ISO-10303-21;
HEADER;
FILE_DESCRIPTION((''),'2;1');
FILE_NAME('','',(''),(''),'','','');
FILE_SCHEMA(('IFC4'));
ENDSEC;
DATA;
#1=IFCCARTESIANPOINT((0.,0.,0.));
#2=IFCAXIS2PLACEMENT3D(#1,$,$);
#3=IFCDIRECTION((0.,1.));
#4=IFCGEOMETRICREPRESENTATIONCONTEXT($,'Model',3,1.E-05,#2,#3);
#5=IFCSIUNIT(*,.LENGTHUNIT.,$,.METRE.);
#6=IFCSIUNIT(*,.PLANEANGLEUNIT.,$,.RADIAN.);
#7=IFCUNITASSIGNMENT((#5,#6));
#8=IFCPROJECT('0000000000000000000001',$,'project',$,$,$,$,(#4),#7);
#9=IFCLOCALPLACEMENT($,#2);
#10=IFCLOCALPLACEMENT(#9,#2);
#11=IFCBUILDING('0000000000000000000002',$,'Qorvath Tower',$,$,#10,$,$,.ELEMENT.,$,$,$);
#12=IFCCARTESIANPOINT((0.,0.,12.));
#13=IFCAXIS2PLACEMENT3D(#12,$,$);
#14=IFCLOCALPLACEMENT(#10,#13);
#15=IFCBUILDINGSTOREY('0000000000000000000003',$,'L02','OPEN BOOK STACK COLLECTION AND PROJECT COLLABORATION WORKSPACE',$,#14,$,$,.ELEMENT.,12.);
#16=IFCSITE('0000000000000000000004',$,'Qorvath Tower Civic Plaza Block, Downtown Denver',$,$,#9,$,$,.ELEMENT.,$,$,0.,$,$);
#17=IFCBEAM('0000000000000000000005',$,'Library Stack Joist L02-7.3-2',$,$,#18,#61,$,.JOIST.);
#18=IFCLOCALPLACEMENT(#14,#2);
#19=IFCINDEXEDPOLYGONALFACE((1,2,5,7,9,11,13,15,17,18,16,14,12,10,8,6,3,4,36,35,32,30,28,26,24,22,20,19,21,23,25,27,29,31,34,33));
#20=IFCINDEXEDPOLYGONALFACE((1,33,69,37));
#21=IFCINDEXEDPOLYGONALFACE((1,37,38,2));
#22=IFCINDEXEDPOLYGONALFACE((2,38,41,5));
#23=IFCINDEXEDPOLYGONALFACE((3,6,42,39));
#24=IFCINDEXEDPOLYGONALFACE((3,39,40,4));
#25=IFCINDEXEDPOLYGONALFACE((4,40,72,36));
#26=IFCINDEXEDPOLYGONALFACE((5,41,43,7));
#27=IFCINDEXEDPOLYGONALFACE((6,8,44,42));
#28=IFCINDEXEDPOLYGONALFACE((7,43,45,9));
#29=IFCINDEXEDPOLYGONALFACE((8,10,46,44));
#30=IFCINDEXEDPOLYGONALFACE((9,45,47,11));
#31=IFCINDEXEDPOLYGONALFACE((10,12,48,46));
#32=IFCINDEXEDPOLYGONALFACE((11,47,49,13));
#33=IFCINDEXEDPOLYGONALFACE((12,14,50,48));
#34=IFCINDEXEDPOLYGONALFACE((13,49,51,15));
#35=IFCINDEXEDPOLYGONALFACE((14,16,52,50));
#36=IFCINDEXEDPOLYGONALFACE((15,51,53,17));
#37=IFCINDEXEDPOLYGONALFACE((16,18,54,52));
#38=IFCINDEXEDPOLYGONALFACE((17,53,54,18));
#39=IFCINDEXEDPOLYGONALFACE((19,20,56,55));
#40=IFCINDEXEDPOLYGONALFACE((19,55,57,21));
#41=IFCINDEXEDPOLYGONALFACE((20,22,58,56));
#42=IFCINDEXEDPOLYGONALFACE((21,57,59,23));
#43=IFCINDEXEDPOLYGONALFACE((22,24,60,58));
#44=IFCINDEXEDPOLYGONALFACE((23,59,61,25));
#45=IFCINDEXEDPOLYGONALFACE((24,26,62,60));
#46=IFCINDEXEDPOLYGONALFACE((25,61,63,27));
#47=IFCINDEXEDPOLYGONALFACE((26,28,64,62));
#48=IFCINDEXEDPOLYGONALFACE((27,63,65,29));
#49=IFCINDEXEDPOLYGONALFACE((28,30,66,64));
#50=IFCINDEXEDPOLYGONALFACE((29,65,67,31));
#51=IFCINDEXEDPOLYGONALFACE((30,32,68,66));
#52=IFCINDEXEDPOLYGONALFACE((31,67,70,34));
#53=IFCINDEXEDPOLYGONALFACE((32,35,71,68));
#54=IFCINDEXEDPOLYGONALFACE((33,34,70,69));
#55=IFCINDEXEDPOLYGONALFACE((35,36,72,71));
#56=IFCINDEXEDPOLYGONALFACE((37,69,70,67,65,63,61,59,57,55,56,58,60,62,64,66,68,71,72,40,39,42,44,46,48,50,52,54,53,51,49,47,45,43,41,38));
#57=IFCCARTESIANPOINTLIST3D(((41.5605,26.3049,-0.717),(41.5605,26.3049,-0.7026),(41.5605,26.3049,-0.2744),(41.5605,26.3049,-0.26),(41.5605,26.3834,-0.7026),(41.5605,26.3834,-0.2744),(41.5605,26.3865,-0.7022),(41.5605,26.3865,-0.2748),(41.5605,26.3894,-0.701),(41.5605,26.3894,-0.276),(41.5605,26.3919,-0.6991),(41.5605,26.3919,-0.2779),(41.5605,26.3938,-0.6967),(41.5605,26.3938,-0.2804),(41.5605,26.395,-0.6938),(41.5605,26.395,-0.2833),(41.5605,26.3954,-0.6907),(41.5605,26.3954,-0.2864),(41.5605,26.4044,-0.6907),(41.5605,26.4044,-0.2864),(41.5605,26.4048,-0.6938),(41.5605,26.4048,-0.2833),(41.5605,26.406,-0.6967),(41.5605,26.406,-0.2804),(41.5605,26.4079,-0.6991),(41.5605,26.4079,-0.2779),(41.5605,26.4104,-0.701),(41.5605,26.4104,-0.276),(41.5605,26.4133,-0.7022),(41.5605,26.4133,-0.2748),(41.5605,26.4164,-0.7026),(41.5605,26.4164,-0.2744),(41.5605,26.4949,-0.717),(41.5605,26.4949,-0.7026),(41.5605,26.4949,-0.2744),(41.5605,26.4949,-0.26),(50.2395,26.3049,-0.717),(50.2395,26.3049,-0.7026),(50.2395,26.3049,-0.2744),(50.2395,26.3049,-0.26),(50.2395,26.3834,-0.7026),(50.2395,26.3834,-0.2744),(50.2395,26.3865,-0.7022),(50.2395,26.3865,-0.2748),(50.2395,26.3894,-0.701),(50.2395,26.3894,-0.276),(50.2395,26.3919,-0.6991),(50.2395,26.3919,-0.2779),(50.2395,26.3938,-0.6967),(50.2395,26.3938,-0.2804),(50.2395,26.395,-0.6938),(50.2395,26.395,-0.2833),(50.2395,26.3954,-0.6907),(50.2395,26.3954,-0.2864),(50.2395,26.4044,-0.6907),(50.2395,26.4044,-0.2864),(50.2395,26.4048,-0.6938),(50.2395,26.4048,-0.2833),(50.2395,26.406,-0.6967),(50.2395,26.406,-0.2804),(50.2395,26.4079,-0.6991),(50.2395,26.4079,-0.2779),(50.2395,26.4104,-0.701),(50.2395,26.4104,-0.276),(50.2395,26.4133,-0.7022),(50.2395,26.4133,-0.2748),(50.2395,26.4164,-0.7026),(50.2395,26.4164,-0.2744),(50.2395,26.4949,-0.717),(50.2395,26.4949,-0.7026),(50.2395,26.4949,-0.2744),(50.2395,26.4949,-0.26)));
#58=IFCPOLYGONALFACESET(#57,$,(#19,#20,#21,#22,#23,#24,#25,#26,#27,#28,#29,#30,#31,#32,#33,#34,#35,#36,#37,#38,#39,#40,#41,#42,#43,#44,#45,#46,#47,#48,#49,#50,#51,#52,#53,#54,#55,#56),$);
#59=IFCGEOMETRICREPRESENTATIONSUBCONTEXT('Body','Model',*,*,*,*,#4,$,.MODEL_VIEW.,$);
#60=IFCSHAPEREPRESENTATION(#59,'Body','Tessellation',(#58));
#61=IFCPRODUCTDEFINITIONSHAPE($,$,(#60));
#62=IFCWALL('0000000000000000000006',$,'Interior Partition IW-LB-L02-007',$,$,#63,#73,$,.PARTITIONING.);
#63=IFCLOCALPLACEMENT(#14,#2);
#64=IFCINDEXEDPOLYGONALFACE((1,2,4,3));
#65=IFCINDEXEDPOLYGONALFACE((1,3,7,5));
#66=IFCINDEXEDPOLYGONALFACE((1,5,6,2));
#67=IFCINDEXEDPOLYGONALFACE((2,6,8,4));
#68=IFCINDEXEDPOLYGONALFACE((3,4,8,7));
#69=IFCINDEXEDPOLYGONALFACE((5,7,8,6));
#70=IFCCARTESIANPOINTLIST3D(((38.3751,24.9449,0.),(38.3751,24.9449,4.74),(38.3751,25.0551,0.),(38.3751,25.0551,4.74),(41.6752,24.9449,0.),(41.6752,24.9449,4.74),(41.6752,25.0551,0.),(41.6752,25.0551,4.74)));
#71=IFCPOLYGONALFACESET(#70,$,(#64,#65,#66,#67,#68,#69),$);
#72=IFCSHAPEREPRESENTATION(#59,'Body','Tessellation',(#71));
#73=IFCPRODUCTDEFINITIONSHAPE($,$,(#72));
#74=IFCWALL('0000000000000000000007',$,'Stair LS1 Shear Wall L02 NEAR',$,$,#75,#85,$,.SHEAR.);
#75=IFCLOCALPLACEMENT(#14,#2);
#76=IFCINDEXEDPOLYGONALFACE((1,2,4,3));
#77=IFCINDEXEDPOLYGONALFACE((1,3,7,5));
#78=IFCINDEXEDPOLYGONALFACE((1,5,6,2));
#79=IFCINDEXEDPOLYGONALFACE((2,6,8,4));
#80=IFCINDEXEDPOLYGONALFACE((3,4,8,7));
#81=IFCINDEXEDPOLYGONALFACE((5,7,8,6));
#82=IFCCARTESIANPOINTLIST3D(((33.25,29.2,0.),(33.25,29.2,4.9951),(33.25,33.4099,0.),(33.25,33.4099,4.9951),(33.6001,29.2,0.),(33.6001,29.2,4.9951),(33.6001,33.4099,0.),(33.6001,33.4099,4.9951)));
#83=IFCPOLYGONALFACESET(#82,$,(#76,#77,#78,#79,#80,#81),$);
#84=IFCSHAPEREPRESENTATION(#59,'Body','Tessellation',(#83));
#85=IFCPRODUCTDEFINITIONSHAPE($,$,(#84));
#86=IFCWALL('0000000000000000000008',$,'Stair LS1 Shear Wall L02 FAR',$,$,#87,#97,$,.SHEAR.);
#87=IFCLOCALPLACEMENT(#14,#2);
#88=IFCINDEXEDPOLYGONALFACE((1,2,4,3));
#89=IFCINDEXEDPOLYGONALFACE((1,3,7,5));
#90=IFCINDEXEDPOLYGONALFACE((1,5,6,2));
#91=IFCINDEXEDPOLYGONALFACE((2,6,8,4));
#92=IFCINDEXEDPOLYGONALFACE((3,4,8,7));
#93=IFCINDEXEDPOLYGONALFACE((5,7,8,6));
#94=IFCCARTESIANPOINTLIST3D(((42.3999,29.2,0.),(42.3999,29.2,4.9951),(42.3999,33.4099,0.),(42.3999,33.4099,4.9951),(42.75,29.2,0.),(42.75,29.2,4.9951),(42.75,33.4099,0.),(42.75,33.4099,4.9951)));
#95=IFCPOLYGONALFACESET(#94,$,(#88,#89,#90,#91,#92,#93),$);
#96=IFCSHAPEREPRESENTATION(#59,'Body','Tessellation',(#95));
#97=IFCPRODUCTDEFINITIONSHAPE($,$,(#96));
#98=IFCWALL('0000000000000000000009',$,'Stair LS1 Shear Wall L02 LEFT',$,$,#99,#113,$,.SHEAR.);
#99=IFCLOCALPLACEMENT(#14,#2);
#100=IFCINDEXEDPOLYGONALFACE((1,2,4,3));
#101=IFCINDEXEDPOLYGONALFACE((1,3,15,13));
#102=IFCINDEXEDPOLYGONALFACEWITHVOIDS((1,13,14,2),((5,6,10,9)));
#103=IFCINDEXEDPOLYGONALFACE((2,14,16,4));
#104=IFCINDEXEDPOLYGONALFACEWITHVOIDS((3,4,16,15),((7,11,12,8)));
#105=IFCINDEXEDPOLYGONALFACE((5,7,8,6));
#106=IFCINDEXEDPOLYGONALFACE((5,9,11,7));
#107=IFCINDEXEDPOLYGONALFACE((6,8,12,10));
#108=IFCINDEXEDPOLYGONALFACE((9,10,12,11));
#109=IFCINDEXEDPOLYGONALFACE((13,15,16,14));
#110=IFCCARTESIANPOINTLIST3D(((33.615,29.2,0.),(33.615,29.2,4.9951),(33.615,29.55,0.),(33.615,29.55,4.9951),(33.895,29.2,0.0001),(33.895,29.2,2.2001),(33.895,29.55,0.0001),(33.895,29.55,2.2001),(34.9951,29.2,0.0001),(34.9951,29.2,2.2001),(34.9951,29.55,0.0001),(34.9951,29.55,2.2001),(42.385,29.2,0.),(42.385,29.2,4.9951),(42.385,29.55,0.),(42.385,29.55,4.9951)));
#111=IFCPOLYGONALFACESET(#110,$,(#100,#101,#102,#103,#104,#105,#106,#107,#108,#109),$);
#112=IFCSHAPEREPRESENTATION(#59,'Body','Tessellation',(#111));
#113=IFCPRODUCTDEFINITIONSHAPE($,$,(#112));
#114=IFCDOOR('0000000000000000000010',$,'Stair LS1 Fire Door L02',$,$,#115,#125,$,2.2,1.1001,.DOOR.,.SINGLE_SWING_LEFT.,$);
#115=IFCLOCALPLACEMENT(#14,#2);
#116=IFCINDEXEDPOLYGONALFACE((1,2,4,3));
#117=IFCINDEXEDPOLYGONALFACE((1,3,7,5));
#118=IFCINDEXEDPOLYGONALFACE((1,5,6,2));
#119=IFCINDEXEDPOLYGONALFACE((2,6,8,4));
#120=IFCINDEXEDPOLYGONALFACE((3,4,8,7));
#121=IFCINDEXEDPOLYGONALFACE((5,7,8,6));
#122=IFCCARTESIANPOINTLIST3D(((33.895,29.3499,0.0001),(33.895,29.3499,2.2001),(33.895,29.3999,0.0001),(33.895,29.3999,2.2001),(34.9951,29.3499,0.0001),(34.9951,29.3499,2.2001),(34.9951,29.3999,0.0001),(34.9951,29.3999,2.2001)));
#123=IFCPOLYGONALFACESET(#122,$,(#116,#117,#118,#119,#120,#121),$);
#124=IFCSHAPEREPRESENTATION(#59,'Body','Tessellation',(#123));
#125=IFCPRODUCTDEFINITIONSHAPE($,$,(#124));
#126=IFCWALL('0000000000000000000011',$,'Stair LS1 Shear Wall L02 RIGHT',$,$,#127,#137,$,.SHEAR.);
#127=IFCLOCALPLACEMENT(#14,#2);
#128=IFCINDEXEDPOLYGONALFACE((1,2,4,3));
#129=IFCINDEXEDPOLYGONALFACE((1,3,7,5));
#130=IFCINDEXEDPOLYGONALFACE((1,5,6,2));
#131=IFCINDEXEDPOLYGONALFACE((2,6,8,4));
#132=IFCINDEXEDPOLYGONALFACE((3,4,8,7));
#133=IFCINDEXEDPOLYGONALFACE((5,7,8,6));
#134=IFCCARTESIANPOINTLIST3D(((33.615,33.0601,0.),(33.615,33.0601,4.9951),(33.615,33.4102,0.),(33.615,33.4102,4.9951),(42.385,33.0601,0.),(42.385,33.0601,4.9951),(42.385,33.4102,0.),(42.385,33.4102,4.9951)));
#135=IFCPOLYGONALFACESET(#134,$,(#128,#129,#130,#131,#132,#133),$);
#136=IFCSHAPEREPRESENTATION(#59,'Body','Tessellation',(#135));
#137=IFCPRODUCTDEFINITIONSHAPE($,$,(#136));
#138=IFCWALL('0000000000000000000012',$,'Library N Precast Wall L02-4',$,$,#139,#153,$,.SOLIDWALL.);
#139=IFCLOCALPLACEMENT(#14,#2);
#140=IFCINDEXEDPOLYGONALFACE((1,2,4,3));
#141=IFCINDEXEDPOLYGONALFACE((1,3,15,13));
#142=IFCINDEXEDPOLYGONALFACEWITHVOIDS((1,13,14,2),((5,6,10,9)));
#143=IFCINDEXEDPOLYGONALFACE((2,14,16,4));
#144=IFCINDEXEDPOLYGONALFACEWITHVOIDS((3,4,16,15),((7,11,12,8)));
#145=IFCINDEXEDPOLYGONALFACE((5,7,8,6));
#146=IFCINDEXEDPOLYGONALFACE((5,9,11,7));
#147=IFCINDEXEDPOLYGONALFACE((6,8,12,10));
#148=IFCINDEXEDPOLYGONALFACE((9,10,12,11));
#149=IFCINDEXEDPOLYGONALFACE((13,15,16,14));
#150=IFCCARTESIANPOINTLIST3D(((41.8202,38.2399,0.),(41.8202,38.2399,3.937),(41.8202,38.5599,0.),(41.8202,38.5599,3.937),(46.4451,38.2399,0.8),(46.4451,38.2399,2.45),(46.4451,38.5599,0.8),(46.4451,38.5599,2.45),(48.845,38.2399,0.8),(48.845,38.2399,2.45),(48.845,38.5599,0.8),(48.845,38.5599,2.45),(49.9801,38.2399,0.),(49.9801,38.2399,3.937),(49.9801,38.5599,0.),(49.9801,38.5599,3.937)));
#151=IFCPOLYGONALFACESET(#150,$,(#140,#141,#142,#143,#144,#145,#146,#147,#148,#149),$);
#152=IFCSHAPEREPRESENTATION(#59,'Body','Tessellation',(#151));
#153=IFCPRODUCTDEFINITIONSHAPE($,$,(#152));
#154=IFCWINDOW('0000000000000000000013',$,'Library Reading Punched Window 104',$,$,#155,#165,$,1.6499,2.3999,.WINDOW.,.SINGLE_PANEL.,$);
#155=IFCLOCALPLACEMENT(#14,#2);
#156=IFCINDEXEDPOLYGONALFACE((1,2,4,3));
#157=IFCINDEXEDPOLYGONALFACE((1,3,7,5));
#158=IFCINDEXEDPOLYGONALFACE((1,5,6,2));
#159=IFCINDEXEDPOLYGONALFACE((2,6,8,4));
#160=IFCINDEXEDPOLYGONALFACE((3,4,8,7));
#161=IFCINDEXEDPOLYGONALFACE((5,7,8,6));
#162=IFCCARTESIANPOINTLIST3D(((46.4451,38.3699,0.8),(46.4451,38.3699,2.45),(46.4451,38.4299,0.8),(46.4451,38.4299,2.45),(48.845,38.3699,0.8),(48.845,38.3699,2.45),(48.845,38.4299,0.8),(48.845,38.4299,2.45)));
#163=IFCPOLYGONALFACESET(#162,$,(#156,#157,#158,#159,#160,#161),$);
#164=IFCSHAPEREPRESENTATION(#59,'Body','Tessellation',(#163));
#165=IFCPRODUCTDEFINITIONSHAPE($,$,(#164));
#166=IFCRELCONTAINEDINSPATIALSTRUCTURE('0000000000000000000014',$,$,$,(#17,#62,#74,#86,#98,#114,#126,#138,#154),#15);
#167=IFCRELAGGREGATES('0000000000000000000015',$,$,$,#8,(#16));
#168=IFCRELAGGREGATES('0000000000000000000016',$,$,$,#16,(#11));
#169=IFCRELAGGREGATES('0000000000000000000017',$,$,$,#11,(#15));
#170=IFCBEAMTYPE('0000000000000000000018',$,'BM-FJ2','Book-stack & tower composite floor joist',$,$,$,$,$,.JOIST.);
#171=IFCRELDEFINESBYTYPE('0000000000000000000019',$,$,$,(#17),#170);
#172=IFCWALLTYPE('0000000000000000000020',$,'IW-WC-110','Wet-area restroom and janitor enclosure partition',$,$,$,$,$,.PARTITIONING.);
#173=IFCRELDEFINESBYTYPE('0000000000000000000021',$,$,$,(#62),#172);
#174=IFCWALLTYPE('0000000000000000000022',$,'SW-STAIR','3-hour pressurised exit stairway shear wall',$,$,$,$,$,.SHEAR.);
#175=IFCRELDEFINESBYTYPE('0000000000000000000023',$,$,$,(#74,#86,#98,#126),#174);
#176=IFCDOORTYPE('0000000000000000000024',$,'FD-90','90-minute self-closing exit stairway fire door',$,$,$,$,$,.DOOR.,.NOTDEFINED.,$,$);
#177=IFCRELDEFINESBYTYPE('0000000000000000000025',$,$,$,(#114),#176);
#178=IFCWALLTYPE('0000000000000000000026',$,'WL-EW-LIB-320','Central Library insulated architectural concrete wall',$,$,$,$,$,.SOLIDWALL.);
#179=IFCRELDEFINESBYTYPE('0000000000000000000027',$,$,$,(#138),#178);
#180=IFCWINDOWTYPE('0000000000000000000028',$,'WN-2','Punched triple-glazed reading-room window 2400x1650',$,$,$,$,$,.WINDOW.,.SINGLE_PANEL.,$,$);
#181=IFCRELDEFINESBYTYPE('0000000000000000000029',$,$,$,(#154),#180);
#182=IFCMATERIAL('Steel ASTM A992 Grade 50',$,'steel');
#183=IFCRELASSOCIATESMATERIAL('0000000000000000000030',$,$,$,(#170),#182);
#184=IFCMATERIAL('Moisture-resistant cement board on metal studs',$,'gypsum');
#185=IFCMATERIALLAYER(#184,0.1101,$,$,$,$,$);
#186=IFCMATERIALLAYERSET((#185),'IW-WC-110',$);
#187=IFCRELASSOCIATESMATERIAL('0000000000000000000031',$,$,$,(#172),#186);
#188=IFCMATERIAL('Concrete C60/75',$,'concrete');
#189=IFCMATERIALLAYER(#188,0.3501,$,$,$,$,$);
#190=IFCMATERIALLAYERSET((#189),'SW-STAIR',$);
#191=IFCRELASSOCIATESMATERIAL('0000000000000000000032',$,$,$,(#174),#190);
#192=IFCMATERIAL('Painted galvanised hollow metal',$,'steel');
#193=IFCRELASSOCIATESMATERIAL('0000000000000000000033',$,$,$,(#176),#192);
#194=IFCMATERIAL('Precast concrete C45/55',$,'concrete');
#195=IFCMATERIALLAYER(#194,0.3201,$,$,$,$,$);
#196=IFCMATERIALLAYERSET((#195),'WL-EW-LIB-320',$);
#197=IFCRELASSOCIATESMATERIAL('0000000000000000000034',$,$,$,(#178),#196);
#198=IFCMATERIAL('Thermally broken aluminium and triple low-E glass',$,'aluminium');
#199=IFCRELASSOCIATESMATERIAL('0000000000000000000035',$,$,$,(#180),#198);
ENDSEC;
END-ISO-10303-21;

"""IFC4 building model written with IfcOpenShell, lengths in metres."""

from ifc_helpers import new_model, si_unit, direction, frame, frame_2d, origin, origin_2d, place, context, subcontext, project, spatial, rectangle, i_section, extrude, material, layer, layer_set, material_profile, profile_set, type_object, element, fill, save


model = new_model("IFC4")

# Units and contexts
model_context = context("Model", 3, precision=1e-05, world=origin(), true_north=direction((0.0, 1.0)))
body_context = subcontext(model_context, "Body", "Model", "MODEL_VIEW")
ifc_project = project(units=[si_unit("LENGTHUNIT", "METRE"), si_unit("PLANEANGLEUNIT", "RADIAN")], contexts=[model_context])

# Site, building, storey
site_placement = place(None, origin())
site = spatial("IfcSite", under=ifc_project, at=site_placement, Name="Qorvath Tower Civic Plaza Block, Downtown Denver", CompositionType="ELEMENT", RefElevation=0.0)
building_placement = place(site_placement, origin())
building = spatial("IfcBuilding", under=site, at=building_placement, Name="Qorvath Tower", CompositionType="ELEMENT")
storey_placement = place(building_placement, frame((0.0, 0.0, 12.0)))
storey = spatial("IfcBuildingStorey", under=building, at=storey_placement, Name="L02", Description="OPEN BOOK STACK COLLECTION AND PROJECT COLLABORATION WORKSPACE", CompositionType="ELEMENT", Elevation=12.0)

# Beam
ifc_material_1 = material(Name="Steel ASTM A992 Grade 50", Category="steel")
ifc_material_profile_1 = material_profile(ifc_material_1, i_section(OverallWidth=0.1899, OverallDepth=0.457, WebThickness=0.009, FlangeThickness=0.0144, FilletRadius=0.012, at=origin_2d()), Name="W18x50")
ifc_profile_set_1 = profile_set([ifc_material_profile_1], Name="Steel ASTM A992 Grade 50")
beam_type_1 = type_object("IfcBeamType", Name="BM-FJ2", Description="Book-stack & tower composite floor joist", PredefinedType="JOIST", material=ifc_profile_set_1)
beam_1_placement = place(storey_placement, frame((41.5605, 26.3999, -0.4885), z_axis=(1.0, 0.0, 0.0), x_axis=(0.0, 1.0, 0.0)))
element("IfcBeam", 1, at=beam_1_placement, inside=storey, type_object=beam_type_1, Name="Library Stack Joist L02-7.3-2", PredefinedType="JOIST", context=body_context, shape_type="SweptSolid", body=[
    extrude(i_section(OverallWidth=0.1899, OverallDepth=0.457, WebThickness=0.009, FlangeThickness=0.0144, FilletRadius=0.012, at=origin_2d()), origin(), (0.0, 0.0, 1.0), 8.679),
])

# Walls
ifc_material_2 = material(Name="Moisture-resistant cement board on metal studs", Category="gypsum")
ifc_layer_1 = layer(ifc_material_2, 0.1101)
ifc_layer_set_1 = layer_set([ifc_layer_1], Name="IW-WC-110")
wall_type_1 = type_object("IfcWallType", Name="IW-WC-110", Description="Wet-area restroom and janitor enclosure partition", PredefinedType="PARTITIONING", material=ifc_layer_set_1)
wall_1_placement = place(storey_placement, frame((41.675, 25.0, 0.0), z_axis=(0.0, 0.0, 1.0), x_axis=(-1.0, 0.0, 0.0)))
element("IfcWall", 2, at=wall_1_placement, inside=storey, type_object=wall_type_1, Name="Interior Partition IW-LB-L02-007", PredefinedType="PARTITIONING", context=body_context, shape_type="SweptSolid", body=[
    extrude(rectangle(XDim=3.3, YDim=0.1101, at=frame_2d((1.6499, 0.0))), origin(), (0.0, 0.0, 1.0), 4.74),
])
ifc_material_3 = material(Name="Concrete C60/75", Category="concrete")
ifc_layer_2 = layer(ifc_material_3, 0.3501)
ifc_layer_set_2 = layer_set([ifc_layer_2], Name="SW-STAIR")
wall_type_2 = type_object("IfcWallType", Name="SW-STAIR", Description="3-hour pressurised exit stairway shear wall", PredefinedType="SHEAR", material=ifc_layer_set_2)
for number, where, z_axis, x_axis, name in (
    (3, (33.425, 33.4099, 0.0), (0.0, 0.0, 1.0), (0.0, -1.0, 0.0), "Stair LS1 Shear Wall L02 NEAR"),
    (4, (42.575, 29.2, 0.0), (0.0, 0.0, 1.0), (0.0, 1.0, 0.0), "Stair LS1 Shear Wall L02 FAR"),
):
    element("IfcWall", number, at=place(storey_placement, frame(where, z_axis=z_axis, x_axis=x_axis)), inside=storey, type_object=wall_type_2, Name=name, PredefinedType="SHEAR", context=body_context, shape_type="SweptSolid", body=[
        extrude(rectangle(XDim=4.21, YDim=0.3501, at=frame_2d((2.105, 0.0))), origin(), (0.0, 0.0, 1.0), 4.9951),
    ])

# Wall, opening, door
wall_2_placement = place(storey_placement, frame((33.615, 29.375, 0.0), z_axis=(0.0, 0.0, 1.0), x_axis=(1.0, 0.0, 0.0)))
wall_2 = element("IfcWall", 5, at=wall_2_placement, inside=storey, type_object=wall_type_2, Name="Stair LS1 Shear Wall L02 LEFT", PredefinedType="SHEAR", context=body_context, shape_type="SweptSolid", body=[
    extrude(rectangle(XDim=8.77, YDim=0.3501, at=frame_2d((4.385, 0.0))), origin(), (0.0, 0.0, 1.0), 4.9951),
])
opening_1_placement = place(wall_2_placement, frame((0.28, 0.0, 0.0)))
opening_1 = element("IfcOpeningElement", 6, at=opening_1_placement, cuts=wall_2, PredefinedType="OPENING", context=body_context, shape_type="SweptSolid", body=[
    extrude(rectangle(XDim=1.1001, YDim=2.2, at=frame_2d((0.55, 1.1001))), frame((0.0, 0.1851, 0.0), z_axis=(0.0, -1.0, 0.0), x_axis=(1.0, 0.0, 0.0)), (0.0, 0.0, 1.0), 0.3701),
])
ifc_material_4 = material(Name="Painted galvanised hollow metal", Category="steel")
door_type = type_object("IfcDoorType", Name="FD-90", Description="90-minute self-closing exit stairway fire door", OperationType="NOTDEFINED", PredefinedType="DOOR", material=ifc_material_4)
door_placement = place(opening_1_placement, origin())
door = element("IfcDoor", 7, at=door_placement, inside=storey, type_object=door_type, Name="Stair LS1 Fire Door L02", OperationType="SINGLE_SWING_LEFT", OverallHeight=2.2, OverallWidth=1.1001, PredefinedType="DOOR", context=body_context, shape_type="SweptSolid", body=[
    extrude(rectangle(XDim=1.1001, YDim=2.2, at=frame_2d((0.55, 1.1001))), frame((0.0, 0.0249, 0.0), z_axis=(0.0, -1.0, 0.0), x_axis=(1.0, 0.0, 0.0)), (0.0, 0.0, 1.0), 0.05),
])
fill(opening_1, door)

# Wall
wall_3_placement = place(storey_placement, frame((42.385, 33.2351, 0.0), z_axis=(0.0, 0.0, 1.0), x_axis=(-1.0, 0.0, 0.0)))
element("IfcWall", 8, at=wall_3_placement, inside=storey, type_object=wall_type_2, Name="Stair LS1 Shear Wall L02 RIGHT", PredefinedType="SHEAR", context=body_context, shape_type="SweptSolid", body=[
    extrude(rectangle(XDim=8.77, YDim=0.3501, at=frame_2d((4.385, 0.0))), origin(), (0.0, 0.0, 1.0), 4.9951),
])

# Wall, opening, window
ifc_material_5 = material(Name="Precast concrete C45/55", Category="concrete")
ifc_layer_3 = layer(ifc_material_5, 0.3201)
ifc_layer_set_3 = layer_set([ifc_layer_3], Name="WL-EW-LIB-320")
wall_type_3 = type_object("IfcWallType", Name="WL-EW-LIB-320", Description="Central Library insulated architectural concrete wall", PredefinedType="SOLIDWALL", material=ifc_layer_set_3)
wall_4_placement = place(storey_placement, frame((41.8201, 38.3999, 0.0), z_axis=(0.0, 0.0, 1.0), x_axis=(1.0, 0.0, 0.0)))
wall_4 = element("IfcWall", 9, at=wall_4_placement, inside=storey, type_object=wall_type_3, Name="Library N Precast Wall L02-4", PredefinedType="SOLIDWALL", context=body_context, shape_type="SweptSolid", body=[
    extrude(rectangle(XDim=8.1599, YDim=0.3201, at=frame_2d((4.0801, 0.0))), origin(), (0.0, 0.0, 1.0), 3.937),
])
opening_2_placement = place(wall_4_placement, frame((4.625, 0.0, 0.8)))
opening_2 = element("IfcOpeningElement", 10, at=opening_2_placement, cuts=wall_4, PredefinedType="OPENING", context=body_context, shape_type="SweptSolid", body=[
    extrude(rectangle(XDim=2.3999, YDim=1.6499, at=frame_2d((1.2, 0.825))), frame((0.0, 0.1699, 0.0), z_axis=(0.0, -1.0, 0.0), x_axis=(1.0, 0.0, 0.0)), (0.0, 0.0, 1.0), 0.3401),
])
ifc_material_6 = material(Name="Thermally broken aluminium and triple low-E glass", Category="aluminium")
window_type = type_object("IfcWindowType", Name="WN-2", Description="Punched triple-glazed reading-room window 2400x1650", PartitioningType="SINGLE_PANEL", PredefinedType="WINDOW", material=ifc_material_6)
window_1_placement = place(opening_2_placement, origin())
window_1 = element("IfcWindow", 11, at=window_1_placement, inside=storey, type_object=window_type, Name="Library Reading Punched Window 104", OverallHeight=1.6499, OverallWidth=2.3999, PartitioningType="SINGLE_PANEL", PredefinedType="WINDOW", context=body_context, shape_type="SweptSolid", body=[
    extrude(rectangle(XDim=2.3999, YDim=1.6499, at=frame_2d((1.2, 0.825))), frame((0.0, 0.03, 0.0), z_axis=(0.0, -1.0, 0.0), x_axis=(1.0, 0.0, 0.0)), (0.0, 0.0, 1.0), 0.0601),
])
fill(opening_2, window_1)

save(model, "model.ifc")
